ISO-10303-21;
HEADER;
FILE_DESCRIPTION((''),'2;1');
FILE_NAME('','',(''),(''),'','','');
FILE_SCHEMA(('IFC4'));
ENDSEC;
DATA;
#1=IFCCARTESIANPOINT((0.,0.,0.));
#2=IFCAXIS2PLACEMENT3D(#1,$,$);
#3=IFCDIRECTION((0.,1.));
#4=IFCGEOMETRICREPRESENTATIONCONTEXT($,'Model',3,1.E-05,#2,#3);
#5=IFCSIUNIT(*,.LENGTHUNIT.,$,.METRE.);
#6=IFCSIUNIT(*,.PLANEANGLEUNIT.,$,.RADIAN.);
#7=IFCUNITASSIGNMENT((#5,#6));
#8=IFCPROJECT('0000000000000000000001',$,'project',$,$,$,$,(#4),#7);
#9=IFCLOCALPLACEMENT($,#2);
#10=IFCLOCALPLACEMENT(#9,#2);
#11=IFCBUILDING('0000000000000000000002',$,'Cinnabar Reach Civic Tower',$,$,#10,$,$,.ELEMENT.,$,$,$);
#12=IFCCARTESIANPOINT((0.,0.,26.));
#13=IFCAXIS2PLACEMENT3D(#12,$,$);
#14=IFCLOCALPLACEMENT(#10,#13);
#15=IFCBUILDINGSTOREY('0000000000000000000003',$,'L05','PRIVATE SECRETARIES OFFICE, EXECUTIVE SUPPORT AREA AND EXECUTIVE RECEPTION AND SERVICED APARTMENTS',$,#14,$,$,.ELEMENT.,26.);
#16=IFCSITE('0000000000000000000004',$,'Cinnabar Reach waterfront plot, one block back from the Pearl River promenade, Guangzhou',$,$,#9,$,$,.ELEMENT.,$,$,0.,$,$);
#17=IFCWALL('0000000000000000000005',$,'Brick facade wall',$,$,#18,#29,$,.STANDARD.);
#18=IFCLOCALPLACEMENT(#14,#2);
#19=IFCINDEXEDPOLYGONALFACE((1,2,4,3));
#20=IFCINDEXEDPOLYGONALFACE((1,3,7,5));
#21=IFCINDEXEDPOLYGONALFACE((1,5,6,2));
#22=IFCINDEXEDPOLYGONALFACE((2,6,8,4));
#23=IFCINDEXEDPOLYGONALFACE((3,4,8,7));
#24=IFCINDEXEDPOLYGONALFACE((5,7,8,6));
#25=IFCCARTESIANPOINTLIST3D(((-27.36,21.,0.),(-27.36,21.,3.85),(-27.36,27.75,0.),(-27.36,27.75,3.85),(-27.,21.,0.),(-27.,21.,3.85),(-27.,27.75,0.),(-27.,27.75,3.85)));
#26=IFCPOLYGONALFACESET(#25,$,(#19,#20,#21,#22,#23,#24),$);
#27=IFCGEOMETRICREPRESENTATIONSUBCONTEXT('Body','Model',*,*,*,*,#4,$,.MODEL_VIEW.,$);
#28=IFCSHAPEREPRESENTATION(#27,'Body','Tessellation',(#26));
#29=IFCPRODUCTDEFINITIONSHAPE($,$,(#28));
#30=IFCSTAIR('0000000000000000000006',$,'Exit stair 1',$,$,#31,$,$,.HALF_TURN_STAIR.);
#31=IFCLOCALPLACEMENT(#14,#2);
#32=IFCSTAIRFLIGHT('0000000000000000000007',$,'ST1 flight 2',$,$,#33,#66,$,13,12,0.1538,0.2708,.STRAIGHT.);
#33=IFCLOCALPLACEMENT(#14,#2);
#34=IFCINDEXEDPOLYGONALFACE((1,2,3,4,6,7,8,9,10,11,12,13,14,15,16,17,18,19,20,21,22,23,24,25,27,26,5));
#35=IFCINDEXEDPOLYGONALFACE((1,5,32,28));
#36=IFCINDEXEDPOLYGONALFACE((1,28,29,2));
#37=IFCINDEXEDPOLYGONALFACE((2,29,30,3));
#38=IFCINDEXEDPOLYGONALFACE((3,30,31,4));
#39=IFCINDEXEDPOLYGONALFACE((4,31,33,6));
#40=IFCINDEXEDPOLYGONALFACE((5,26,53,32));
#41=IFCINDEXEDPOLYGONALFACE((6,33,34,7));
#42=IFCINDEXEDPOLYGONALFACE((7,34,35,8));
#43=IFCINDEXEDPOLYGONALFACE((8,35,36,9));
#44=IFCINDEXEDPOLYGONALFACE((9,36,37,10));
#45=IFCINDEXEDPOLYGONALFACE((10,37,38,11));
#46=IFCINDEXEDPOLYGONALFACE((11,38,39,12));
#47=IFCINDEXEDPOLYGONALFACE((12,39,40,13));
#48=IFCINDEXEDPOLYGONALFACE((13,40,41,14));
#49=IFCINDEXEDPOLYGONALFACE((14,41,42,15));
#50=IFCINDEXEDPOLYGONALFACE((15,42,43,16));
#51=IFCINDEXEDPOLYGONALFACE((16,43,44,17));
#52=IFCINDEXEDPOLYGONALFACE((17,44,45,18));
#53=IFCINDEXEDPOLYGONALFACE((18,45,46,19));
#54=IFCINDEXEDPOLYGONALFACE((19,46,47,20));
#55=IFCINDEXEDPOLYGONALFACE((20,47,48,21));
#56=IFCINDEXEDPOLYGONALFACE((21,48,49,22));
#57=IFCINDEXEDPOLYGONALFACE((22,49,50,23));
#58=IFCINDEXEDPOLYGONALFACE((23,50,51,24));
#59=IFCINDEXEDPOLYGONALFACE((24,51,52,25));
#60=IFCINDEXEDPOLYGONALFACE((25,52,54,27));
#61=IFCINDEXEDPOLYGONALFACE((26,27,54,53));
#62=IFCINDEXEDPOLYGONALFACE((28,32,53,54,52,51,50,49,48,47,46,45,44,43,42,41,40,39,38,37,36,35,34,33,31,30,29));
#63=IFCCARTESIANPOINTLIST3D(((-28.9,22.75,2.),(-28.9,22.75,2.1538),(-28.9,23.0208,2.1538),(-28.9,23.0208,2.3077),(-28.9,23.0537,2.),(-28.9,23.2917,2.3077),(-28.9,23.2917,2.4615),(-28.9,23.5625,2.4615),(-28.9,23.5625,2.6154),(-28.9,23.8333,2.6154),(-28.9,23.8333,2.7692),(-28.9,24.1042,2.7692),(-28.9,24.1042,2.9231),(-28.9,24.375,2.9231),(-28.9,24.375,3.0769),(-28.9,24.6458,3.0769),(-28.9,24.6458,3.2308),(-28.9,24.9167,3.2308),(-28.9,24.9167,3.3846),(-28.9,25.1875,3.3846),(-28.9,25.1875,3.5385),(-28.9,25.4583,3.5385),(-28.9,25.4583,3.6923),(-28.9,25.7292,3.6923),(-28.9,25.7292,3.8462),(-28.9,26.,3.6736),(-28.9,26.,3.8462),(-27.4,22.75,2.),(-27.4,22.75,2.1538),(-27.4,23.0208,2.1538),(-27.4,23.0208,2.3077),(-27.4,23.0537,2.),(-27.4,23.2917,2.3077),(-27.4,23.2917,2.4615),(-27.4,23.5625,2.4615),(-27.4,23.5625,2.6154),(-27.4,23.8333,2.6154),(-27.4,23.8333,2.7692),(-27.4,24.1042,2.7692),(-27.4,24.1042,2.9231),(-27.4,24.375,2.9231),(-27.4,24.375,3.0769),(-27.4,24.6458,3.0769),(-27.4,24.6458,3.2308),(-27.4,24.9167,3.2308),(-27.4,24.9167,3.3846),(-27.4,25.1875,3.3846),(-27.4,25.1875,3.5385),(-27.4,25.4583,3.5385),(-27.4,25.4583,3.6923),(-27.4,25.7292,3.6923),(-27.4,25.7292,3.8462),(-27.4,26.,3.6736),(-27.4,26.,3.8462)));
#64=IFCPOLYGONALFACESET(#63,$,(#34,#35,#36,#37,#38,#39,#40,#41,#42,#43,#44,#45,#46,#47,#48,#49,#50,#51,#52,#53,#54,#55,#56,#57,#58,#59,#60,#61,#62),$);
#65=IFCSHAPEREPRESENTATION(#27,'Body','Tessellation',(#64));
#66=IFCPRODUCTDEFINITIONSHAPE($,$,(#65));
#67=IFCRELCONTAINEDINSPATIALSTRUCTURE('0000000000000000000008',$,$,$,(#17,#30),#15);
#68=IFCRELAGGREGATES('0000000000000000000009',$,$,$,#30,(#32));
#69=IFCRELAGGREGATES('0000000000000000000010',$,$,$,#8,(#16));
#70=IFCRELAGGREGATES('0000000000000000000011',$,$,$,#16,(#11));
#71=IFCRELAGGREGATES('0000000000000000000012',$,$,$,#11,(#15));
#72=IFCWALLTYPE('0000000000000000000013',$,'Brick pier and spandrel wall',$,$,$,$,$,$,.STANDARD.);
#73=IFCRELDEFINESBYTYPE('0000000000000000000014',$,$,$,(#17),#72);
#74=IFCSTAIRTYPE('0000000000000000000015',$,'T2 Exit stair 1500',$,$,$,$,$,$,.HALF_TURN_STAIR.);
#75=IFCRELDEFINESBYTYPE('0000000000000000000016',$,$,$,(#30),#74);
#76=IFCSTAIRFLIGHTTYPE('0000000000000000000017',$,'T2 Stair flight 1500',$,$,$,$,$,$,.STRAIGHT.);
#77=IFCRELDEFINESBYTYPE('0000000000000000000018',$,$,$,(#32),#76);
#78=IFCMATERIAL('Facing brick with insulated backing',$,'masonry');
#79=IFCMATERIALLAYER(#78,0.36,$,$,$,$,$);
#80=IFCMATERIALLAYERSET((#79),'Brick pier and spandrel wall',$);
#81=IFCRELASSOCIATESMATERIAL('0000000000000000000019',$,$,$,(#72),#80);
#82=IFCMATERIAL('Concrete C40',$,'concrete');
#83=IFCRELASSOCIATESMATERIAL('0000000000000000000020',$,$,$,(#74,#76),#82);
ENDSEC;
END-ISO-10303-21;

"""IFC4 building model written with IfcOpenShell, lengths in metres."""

from ifc_helpers import new_model, si_unit, direction, frame, frame_2d, origin, place, context, subcontext, project, spatial, polyline, rectangle, outline, extrude, material, layer, layer_set, type_object, element, aggregate, save


model = new_model("IFC4")

# Units and contexts
model_context = context("Model", 3, precision=1e-05, world=origin(), true_north=direction((0.0, 1.0)))
body_context = subcontext(model_context, "Body", "Model", "MODEL_VIEW")
ifc_project = project(units=[si_unit("LENGTHUNIT", "METRE"), si_unit("PLANEANGLEUNIT", "RADIAN")], contexts=[model_context])

# Site, building, storey
site_placement = place(None, origin())
site = spatial("IfcSite", under=ifc_project, at=site_placement, Name="Cinnabar Reach waterfront plot, one block back from the Pearl River promenade, Guangzhou", CompositionType="ELEMENT", RefElevation=0.0)
building_placement = place(site_placement, origin())
building = spatial("IfcBuilding", under=site, at=building_placement, Name="Cinnabar Reach Civic Tower", CompositionType="ELEMENT")
storey_placement = place(building_placement, frame((0.0, 0.0, 26.0)))
storey = spatial("IfcBuildingStorey", under=building, at=storey_placement, Name="L05", Description="PRIVATE SECRETARIES OFFICE, EXECUTIVE SUPPORT AREA AND EXECUTIVE RECEPTION AND SERVICED APARTMENTS", CompositionType="ELEMENT", Elevation=26.0)

# Shared definitions
ifc_material_1 = material(Name="Concrete C40", Category="concrete")

# Shared definitions
ifc_material_2 = material(Name="Facing brick with insulated backing", Category="masonry")

# Shared definitions
ifc_layer_1 = layer(ifc_material_2, 0.36)
ifc_layer_set_1 = layer_set([ifc_layer_1], Name="Brick pier and spandrel wall")
wall_type_1 = type_object("IfcWallType", Name="Brick pier and spandrel wall", PredefinedType="STANDARD", material=ifc_layer_set_1)

# Wall
wall_1_placement = place(storey_placement, frame((-27.18, 21.0, 0.0), z_axis=(0.0, 0.0, 1.0), x_axis=(0.0, 1.0, 0.0)))
element("IfcWall", 1, at=wall_1_placement, inside=storey, type_object=wall_type_1, Name="Brick facade wall", PredefinedType="STANDARD", context=body_context, shape_type="SweptSolid", body=[
    extrude(rectangle(XDim=6.75, YDim=0.36, at=frame_2d((3.375, 0.0))), origin(), (0.0, 0.0, 1.0), 3.85),
])

# Stair, stair flight
stair_type = type_object("IfcStairType", Name="T2 Exit stair 1500", PredefinedType="HALF_TURN_STAIR", material=ifc_material_1)
stair_placement = place(storey_placement, origin())
stair = element("IfcStair", 2, at=stair_placement, inside=storey, type_object=stair_type, Name="Exit stair 1", PredefinedType="HALF_TURN_STAIR")
stair_flight_type = type_object("IfcStairFlightType", Name="T2 Stair flight 1500", PredefinedType="STRAIGHT", material=ifc_material_1)
stair_flight_placement = place(storey_placement, frame((-28.15, 22.75, 2.0), z_axis=(0.0, 0.0, 1.0), x_axis=(0.0, 1.0, 0.0)))
stair_flight = element("IfcStairFlight", 3, at=stair_flight_placement, type_object=stair_flight_type, Name="ST1 flight 2", NumberOfRisers=13, NumberOfTreads=12, PredefinedType="STRAIGHT", RiserHeight=0.1538, TreadLength=0.2708, context=body_context, shape_type="SweptSolid", body=[
    extrude(outline(polyline([(0.0, 0.0), (0.0, 0.1538), (0.2708, 0.1538), (0.2708, 0.3077), (0.5417, 0.3077), (0.5417, 0.4615), (0.8125, 0.4615), (0.8125, 0.6154), (1.0833, 0.6154), (1.0833, 0.7692), (1.3542, 0.7692), (1.3542, 0.9231), (1.625, 0.9231), (1.625, 1.0769), (1.8958, 1.0769), (1.8958, 1.2308), (2.1667, 1.2308), (2.1667, 1.3846), (2.4375, 1.3846), (2.4375, 1.5385), (2.7083, 1.5385), (2.7083, 1.6923), (2.9792, 1.6923), (2.9792, 1.8462), (3.25, 1.8462), (3.25, 2.0), (3.25, 1.6736), (0.3037, 0.0), (0.0, 0.0)])), frame((0.0, 0.75, 0.0), z_axis=(0.0, -1.0, 0.0), x_axis=(1.0, 0.0, 0.0)), (0.0, 0.0, 1.0), 1.5),
])
aggregate(stair, [stair_flight])

save(model, "model.ifc")
